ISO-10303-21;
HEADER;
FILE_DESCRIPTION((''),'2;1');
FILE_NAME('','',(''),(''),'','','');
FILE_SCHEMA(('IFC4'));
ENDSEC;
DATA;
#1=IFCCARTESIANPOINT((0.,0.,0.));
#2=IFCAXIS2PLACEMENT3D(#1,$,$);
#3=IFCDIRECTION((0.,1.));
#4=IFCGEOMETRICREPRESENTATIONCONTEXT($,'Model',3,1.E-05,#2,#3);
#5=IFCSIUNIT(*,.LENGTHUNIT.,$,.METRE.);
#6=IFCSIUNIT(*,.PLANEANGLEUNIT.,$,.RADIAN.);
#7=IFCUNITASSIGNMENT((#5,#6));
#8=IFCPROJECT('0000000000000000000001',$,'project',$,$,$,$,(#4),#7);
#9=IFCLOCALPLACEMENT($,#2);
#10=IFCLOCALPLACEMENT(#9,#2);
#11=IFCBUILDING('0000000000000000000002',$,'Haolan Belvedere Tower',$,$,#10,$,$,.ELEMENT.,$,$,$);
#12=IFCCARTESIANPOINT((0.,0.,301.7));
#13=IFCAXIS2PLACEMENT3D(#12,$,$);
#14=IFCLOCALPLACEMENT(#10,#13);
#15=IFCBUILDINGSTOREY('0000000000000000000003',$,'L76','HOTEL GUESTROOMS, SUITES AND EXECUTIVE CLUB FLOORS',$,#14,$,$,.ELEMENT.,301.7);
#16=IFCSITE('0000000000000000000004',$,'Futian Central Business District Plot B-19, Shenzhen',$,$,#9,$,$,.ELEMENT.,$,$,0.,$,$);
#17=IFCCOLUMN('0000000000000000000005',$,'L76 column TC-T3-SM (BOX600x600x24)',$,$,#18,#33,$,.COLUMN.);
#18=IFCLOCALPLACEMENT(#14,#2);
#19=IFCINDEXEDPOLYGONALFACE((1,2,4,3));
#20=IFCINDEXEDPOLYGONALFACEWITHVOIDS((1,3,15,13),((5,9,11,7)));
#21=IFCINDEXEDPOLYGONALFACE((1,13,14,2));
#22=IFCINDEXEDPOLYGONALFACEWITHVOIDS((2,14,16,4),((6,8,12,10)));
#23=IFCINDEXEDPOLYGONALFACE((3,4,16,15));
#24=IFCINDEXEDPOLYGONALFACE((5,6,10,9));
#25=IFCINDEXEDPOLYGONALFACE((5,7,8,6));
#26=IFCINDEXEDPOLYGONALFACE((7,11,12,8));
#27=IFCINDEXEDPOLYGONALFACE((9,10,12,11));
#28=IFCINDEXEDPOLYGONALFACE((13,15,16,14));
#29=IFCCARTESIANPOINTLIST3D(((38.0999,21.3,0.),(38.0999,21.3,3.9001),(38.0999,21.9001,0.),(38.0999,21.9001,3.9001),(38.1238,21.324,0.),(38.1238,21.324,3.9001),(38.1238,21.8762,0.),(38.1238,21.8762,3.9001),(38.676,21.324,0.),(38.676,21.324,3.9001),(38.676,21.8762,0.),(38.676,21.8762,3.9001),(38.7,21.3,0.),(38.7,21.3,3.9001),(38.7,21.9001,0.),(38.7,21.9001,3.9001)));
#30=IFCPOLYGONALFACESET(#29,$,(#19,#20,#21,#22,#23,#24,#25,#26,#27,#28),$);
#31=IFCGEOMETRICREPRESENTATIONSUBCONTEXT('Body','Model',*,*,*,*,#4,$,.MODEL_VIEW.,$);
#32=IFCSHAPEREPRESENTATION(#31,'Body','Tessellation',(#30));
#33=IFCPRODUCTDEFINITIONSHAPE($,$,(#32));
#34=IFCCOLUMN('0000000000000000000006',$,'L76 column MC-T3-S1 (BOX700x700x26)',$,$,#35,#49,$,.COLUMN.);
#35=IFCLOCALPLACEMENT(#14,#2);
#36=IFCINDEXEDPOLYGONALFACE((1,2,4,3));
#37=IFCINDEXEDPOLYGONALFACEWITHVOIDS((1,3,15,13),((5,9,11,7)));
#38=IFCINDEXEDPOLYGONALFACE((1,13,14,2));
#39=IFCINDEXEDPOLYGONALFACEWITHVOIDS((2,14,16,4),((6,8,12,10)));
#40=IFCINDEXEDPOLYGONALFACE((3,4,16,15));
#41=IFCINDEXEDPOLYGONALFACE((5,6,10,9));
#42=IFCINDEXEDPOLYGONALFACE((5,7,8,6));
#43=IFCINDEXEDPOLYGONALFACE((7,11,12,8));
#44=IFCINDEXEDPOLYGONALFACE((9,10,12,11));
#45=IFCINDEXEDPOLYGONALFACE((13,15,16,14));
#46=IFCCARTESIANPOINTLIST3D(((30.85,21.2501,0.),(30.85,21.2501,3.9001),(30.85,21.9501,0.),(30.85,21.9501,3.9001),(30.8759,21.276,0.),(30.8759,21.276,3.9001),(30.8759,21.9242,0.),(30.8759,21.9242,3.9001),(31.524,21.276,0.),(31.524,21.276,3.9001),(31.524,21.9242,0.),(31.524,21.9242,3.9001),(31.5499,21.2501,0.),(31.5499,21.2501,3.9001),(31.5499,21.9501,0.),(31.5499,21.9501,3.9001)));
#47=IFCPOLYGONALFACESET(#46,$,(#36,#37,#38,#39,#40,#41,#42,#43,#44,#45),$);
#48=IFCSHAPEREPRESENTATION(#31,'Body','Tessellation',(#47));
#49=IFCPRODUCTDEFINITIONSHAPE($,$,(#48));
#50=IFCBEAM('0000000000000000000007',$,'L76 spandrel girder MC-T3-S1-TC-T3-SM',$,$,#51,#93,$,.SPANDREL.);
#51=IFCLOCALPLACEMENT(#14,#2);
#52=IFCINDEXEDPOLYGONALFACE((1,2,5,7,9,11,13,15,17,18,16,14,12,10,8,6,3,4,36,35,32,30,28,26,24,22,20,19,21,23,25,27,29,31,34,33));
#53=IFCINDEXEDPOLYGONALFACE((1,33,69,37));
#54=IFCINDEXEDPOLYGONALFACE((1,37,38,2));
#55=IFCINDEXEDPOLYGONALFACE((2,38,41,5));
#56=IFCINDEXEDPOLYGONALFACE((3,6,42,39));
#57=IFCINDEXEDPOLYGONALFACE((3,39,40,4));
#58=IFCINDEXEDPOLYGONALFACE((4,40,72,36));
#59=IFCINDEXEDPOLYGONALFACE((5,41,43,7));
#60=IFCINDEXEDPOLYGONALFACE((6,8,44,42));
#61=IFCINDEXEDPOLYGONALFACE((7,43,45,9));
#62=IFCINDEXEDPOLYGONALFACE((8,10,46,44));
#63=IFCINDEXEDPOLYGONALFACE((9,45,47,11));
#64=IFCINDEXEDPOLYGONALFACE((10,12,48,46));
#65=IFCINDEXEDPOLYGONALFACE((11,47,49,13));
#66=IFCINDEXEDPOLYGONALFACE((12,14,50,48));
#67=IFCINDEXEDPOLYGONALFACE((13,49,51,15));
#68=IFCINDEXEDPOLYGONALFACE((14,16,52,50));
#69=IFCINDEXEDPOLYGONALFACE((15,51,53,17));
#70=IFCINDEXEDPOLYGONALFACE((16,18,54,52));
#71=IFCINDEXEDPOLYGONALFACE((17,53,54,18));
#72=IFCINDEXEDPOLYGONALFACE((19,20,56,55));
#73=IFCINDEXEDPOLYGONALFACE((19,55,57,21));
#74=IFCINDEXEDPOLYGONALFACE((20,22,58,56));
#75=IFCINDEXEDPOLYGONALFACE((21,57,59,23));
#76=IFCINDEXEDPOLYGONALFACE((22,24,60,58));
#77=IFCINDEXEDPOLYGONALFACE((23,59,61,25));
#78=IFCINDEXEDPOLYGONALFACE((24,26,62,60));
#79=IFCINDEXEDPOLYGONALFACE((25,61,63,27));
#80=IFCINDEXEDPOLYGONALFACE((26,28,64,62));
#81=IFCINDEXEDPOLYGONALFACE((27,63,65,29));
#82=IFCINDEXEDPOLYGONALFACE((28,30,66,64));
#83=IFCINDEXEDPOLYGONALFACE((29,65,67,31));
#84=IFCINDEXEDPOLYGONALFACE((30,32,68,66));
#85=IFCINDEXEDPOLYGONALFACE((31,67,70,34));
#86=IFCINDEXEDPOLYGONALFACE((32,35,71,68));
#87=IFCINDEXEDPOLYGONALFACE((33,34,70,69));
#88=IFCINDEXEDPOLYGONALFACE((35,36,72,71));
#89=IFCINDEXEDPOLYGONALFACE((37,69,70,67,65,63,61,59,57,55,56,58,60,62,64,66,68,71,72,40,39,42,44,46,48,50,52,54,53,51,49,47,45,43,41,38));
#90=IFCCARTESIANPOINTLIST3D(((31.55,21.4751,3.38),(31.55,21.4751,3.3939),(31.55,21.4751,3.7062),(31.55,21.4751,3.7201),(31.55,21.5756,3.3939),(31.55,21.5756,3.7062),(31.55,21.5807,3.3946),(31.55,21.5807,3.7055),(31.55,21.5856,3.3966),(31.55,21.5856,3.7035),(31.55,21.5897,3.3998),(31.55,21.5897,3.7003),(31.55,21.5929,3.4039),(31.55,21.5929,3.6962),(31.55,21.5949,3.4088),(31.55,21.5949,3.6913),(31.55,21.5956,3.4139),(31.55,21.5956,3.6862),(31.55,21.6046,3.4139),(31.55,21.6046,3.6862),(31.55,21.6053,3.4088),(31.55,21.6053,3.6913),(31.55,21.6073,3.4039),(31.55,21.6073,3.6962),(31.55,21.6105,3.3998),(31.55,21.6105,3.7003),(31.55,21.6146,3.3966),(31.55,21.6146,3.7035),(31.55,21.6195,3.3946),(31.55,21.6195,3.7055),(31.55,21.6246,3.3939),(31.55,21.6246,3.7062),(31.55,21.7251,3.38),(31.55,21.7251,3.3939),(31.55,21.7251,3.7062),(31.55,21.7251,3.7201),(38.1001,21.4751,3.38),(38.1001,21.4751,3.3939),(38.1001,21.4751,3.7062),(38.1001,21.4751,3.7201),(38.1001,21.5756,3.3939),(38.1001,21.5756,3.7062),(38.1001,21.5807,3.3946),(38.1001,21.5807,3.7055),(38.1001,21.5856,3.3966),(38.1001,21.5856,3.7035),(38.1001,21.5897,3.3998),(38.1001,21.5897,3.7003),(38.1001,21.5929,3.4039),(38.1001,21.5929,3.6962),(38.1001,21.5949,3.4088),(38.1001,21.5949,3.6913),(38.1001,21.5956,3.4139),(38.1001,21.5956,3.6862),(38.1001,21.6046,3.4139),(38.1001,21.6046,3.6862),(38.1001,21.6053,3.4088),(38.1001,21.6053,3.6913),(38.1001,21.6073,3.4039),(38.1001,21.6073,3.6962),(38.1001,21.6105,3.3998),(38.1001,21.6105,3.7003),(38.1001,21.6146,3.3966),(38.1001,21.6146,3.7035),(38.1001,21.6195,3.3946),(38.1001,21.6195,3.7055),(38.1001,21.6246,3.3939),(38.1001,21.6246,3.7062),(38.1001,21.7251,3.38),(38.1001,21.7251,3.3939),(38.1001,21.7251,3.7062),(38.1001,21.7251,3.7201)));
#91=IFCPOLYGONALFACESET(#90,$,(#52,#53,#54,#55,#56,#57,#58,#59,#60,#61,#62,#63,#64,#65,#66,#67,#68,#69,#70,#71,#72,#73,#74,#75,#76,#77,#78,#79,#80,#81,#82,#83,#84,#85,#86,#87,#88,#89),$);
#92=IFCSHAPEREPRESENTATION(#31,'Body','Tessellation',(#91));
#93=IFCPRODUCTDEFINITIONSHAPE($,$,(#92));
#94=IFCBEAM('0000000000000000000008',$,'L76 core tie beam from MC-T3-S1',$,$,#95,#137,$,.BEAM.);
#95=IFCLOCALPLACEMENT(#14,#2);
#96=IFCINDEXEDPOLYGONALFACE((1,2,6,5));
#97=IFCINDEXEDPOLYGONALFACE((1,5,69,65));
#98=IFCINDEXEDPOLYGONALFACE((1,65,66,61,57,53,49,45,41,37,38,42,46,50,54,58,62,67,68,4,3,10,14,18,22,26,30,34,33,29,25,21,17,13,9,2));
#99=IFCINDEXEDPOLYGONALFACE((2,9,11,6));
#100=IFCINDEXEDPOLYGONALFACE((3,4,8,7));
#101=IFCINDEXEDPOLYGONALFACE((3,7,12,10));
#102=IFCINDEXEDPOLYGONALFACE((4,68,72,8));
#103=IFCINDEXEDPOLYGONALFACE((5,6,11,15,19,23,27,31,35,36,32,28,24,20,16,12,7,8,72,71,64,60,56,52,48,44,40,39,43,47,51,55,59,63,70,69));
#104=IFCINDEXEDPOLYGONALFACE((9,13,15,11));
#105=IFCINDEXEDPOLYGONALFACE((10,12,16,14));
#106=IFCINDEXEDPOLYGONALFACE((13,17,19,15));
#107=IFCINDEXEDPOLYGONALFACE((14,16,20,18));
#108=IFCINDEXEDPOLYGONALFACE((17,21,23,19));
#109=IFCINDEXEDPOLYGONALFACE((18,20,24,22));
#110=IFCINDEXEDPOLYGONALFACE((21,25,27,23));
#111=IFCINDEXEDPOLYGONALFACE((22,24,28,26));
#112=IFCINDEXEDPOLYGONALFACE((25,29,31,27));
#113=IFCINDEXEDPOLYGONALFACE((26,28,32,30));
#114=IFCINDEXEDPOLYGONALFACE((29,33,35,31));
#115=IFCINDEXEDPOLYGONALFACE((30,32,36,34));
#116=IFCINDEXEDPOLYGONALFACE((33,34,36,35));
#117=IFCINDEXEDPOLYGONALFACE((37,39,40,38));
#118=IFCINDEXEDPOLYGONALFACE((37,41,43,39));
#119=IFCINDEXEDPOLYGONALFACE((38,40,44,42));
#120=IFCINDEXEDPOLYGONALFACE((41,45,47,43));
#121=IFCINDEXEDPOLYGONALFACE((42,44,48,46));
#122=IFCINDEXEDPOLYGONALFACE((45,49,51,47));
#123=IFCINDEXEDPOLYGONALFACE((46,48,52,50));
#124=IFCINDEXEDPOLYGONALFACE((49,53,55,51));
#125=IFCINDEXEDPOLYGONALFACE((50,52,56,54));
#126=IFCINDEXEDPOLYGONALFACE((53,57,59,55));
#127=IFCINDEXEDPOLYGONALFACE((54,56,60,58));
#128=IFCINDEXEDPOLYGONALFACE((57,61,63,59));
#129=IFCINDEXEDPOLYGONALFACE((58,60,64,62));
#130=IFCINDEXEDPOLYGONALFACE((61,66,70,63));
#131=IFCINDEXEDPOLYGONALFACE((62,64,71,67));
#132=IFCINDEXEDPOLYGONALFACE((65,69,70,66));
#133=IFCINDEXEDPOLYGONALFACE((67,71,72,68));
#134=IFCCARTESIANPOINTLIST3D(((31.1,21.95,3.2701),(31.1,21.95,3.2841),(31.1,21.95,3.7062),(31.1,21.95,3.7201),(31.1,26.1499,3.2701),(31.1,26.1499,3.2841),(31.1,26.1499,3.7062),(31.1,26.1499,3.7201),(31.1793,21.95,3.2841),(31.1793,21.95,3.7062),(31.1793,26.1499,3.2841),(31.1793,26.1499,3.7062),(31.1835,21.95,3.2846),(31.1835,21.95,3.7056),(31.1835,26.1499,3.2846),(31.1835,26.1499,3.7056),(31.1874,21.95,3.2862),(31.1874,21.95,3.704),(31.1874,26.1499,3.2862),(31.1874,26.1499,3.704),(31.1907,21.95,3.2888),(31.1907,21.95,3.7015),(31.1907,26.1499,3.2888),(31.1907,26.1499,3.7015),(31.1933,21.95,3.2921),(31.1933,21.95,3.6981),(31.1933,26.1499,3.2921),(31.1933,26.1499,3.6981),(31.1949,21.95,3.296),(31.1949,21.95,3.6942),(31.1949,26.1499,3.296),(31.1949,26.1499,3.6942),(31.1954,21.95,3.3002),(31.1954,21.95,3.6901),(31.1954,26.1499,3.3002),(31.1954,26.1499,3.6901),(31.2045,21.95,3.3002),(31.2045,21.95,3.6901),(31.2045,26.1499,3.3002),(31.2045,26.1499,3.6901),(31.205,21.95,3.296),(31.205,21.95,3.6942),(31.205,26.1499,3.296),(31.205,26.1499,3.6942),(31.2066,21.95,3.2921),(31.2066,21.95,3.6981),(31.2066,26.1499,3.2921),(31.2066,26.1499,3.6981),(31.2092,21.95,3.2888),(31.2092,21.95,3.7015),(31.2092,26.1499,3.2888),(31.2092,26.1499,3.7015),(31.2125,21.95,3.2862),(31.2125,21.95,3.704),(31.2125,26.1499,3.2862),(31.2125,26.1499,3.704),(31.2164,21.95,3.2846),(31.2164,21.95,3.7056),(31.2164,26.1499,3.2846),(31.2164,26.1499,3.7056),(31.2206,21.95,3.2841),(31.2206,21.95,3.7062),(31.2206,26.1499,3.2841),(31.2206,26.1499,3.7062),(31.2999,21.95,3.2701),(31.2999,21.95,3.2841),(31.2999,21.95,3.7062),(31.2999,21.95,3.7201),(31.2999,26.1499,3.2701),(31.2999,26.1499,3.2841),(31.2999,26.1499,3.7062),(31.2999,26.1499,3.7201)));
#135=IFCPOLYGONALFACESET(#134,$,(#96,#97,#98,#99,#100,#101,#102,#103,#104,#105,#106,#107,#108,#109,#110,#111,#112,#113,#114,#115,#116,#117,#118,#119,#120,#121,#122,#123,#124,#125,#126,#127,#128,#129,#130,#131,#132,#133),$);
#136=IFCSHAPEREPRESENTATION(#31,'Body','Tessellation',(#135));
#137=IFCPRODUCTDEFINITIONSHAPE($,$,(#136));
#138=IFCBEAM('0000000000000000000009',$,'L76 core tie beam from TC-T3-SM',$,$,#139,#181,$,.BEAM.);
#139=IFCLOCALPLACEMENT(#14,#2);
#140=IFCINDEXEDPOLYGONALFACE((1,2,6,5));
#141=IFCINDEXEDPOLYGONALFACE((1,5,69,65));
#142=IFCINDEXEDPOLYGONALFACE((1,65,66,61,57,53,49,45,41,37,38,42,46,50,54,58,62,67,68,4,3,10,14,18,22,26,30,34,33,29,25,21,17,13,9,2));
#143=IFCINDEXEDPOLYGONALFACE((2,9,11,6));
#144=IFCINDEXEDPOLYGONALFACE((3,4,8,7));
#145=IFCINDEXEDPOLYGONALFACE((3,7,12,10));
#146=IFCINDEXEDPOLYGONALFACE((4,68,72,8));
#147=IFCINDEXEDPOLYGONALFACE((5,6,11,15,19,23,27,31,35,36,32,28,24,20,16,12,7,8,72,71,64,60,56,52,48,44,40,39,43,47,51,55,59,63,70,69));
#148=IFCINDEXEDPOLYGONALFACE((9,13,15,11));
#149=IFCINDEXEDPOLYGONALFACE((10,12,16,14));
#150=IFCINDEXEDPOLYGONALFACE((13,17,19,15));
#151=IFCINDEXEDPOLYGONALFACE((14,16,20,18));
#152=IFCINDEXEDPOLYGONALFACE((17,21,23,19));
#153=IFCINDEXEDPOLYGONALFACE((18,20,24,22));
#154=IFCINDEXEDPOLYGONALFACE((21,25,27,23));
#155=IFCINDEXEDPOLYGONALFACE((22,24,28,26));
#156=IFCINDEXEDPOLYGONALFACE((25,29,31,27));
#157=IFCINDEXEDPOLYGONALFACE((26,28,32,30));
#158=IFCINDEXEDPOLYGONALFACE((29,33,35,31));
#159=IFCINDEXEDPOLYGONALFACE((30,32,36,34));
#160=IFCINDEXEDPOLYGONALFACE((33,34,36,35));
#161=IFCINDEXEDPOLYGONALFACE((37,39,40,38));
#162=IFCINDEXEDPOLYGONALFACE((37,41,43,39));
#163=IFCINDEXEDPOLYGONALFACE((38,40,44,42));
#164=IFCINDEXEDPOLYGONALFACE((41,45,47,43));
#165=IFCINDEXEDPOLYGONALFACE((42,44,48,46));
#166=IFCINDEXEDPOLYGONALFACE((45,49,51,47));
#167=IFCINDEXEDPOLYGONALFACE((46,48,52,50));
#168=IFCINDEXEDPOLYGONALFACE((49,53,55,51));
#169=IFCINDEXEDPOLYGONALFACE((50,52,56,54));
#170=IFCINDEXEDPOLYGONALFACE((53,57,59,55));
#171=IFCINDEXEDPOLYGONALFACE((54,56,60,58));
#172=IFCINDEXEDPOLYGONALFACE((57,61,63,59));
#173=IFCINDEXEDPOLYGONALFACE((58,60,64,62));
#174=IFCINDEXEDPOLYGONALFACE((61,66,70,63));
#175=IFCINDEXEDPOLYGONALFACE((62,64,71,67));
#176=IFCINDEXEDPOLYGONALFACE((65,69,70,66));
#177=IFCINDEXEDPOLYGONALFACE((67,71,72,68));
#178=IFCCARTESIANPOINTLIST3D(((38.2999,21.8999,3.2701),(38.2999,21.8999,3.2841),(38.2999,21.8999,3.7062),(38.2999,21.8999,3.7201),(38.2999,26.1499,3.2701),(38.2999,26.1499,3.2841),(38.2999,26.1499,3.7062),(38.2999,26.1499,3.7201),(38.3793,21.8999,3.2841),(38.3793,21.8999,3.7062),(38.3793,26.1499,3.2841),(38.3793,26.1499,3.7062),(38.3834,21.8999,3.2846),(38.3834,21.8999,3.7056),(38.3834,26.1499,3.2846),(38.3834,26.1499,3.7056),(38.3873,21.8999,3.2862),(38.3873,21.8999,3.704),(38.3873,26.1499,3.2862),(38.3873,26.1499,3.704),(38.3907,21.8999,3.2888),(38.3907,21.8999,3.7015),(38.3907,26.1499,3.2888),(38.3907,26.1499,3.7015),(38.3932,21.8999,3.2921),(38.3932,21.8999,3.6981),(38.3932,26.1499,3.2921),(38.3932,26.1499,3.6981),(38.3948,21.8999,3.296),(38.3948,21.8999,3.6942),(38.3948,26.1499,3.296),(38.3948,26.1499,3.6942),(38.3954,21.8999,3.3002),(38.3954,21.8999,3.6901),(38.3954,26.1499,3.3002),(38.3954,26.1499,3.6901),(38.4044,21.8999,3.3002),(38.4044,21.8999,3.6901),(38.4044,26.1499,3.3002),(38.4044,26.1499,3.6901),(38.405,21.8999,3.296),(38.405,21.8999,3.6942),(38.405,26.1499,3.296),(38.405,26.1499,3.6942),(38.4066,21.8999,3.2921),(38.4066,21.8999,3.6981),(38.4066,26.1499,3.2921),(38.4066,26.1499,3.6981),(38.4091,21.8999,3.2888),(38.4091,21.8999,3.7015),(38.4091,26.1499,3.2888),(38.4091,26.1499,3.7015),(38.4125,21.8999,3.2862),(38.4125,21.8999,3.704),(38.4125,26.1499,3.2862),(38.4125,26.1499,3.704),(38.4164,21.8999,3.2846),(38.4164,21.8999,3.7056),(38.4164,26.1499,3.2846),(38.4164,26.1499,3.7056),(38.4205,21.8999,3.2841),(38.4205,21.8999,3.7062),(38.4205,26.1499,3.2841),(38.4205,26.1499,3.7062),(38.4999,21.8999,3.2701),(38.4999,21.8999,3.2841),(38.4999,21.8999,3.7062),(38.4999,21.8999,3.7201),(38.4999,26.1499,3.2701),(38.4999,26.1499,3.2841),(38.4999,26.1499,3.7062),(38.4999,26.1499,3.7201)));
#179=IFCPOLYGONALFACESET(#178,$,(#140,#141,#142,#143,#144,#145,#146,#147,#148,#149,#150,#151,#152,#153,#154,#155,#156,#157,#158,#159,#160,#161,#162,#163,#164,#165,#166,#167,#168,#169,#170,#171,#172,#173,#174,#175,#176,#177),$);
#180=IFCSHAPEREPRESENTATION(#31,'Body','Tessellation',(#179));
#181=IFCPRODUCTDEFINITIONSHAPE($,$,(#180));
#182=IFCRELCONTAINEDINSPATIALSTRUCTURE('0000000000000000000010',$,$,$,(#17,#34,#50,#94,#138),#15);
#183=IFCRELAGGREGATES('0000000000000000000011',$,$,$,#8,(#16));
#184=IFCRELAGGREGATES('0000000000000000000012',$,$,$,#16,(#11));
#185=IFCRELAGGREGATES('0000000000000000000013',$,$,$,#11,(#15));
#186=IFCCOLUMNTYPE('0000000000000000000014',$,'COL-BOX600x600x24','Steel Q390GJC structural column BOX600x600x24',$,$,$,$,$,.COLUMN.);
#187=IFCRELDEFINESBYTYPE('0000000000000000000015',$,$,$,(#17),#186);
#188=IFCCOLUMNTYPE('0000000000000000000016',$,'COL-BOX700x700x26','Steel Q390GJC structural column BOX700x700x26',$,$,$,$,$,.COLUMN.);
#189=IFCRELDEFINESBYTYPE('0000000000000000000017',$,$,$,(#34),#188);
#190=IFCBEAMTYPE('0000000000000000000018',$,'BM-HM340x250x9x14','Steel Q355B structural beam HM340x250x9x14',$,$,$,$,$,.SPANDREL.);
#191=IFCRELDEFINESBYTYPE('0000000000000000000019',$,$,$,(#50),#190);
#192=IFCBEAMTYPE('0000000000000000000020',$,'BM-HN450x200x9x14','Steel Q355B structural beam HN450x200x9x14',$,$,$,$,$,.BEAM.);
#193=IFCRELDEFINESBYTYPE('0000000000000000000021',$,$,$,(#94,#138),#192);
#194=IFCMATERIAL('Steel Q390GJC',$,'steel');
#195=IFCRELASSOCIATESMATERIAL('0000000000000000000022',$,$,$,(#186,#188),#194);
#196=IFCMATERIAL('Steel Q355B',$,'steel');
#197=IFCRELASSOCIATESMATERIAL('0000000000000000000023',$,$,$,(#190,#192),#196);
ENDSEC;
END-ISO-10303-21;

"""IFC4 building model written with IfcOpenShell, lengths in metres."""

from ifc_helpers import new_model, si_unit, direction, frame, origin, origin_2d, place, context, subcontext, project, spatial, hollow_rectangle, i_section, extrude, material, material_profile, profile_set, type_object, element, save


model = new_model("IFC4")

# Units and contexts
model_context = context("Model", 3, precision=1e-05, world=origin(), true_north=direction((0.0, 1.0)))
body_context = subcontext(model_context, "Body", "Model", "MODEL_VIEW")
ifc_project = project(units=[si_unit("LENGTHUNIT", "METRE"), si_unit("PLANEANGLEUNIT", "RADIAN")], contexts=[model_context])

# Site, building, storey
site_placement = place(None, origin())
site = spatial("IfcSite", under=ifc_project, at=site_placement, Name="Futian Central Business District Plot B-19, Shenzhen", CompositionType="ELEMENT", RefElevation=0.0)
building_placement = place(site_placement, origin())
building = spatial("IfcBuilding", under=site, at=building_placement, Name="Haolan Belvedere Tower", CompositionType="ELEMENT")
storey_placement = place(building_placement, frame((0.0, 0.0, 301.7)))
storey = spatial("IfcBuildingStorey", under=building, at=storey_placement, Name="L76", Description="HOTEL GUESTROOMS, SUITES AND EXECUTIVE CLUB FLOORS", CompositionType="ELEMENT", Elevation=301.7)

# Columns
ifc_material_1 = material(Name="Steel Q390GJC", Category="steel")
ifc_material_profile_1 = material_profile(ifc_material_1, hollow_rectangle(XDim=0.6001, YDim=0.6001, WallThickness=0.0239, at=origin_2d()), Name="Steel Q390GJC")
ifc_profile_set_1 = profile_set([ifc_material_profile_1], Name="Steel Q390GJC")
column_type_1 = type_object("IfcColumnType", Name="COL-BOX600x600x24", Description="Steel Q390GJC structural column BOX600x600x24", PredefinedType="COLUMN", material=ifc_profile_set_1)
column_1_placement = place(storey_placement, frame((38.3999, 21.6001, 0.0), z_axis=(0.0, 0.0, 1.0), x_axis=(1.0, 0.0, 0.0)))
element("IfcColumn", 1, at=column_1_placement, inside=storey, type_object=column_type_1, Name="L76 column TC-T3-SM (BOX600x600x24)", PredefinedType="COLUMN", context=body_context, shape_type="SweptSolid", body=[
    extrude(hollow_rectangle(XDim=0.6001, YDim=0.6001, WallThickness=0.0239, at=origin_2d()), origin(), (0.0, 0.0, 1.0), 3.9001),
])
ifc_material_profile_2 = material_profile(ifc_material_1, hollow_rectangle(XDim=0.7, YDim=0.7, WallThickness=0.0259, at=origin_2d()), Name="Steel Q390GJC")
ifc_profile_set_2 = profile_set([ifc_material_profile_2], Name="Steel Q390GJC")
column_type_2 = type_object("IfcColumnType", Name="COL-BOX700x700x26", Description="Steel Q390GJC structural column BOX700x700x26", PredefinedType="COLUMN", material=ifc_profile_set_2)
column_2_placement = place(storey_placement, frame((31.2, 21.6001, 0.0), z_axis=(0.0, 0.0, 1.0), x_axis=(1.0, 0.0, 0.0)))
element("IfcColumn", 2, at=column_2_placement, inside=storey, type_object=column_type_2, Name="L76 column MC-T3-S1 (BOX700x700x26)", PredefinedType="COLUMN", context=body_context, shape_type="SweptSolid", body=[
    extrude(hollow_rectangle(XDim=0.7, YDim=0.7, WallThickness=0.0259, at=origin_2d()), origin(), (0.0, 0.0, 1.0), 3.9001),
])

# Beams
ifc_material_2 = material(Name="Steel Q355B", Category="steel")
ifc_material_profile_3 = material_profile(ifc_material_2, i_section(OverallWidth=0.25, OverallDepth=0.3401, WebThickness=0.009, FlangeThickness=0.0139, FilletRadius=0.02, at=origin_2d()), Name="Steel Q355B")
ifc_profile_set_3 = profile_set([ifc_material_profile_3], Name="Steel Q355B")
beam_type_1 = type_object("IfcBeamType", Name="BM-HM340x250x9x14", Description="Steel Q355B structural beam HM340x250x9x14", PredefinedType="SPANDREL", material=ifc_profile_set_3)
beam_1_placement = place(storey_placement, frame((31.55, 21.6001, 3.55), z_axis=(1.0, 0.0, 0.0), x_axis=(0.0, 1.0, 0.0)))
element("IfcBeam", 3, at=beam_1_placement, inside=storey, type_object=beam_type_1, Name="L76 spandrel girder MC-T3-S1-TC-T3-SM", PredefinedType="SPANDREL", context=body_context, shape_type="SweptSolid", body=[
    extrude(i_section(OverallWidth=0.25, OverallDepth=0.3401, WebThickness=0.009, FlangeThickness=0.0139, FilletRadius=0.02, at=origin_2d()), origin(), (0.0, 0.0, 1.0), 6.55),
])
ifc_material_profile_4 = material_profile(ifc_material_2, i_section(OverallWidth=0.2, OverallDepth=0.45, WebThickness=0.009, FlangeThickness=0.0139, FilletRadius=0.0161, at=origin_2d()), Name="Steel Q355B")
ifc_profile_set_4 = profile_set([ifc_material_profile_4], Name="Steel Q355B")
beam_type_2 = type_object("IfcBeamType", Name="BM-HN450x200x9x14", Description="Steel Q355B structural beam HN450x200x9x14", PredefinedType="BEAM", material=ifc_profile_set_4)
beam_2_placement = place(storey_placement, frame((31.2, 21.95, 3.4951), z_axis=(0.0, 1.0, 0.0), x_axis=(-1.0, 0.0, 0.0)))
element("IfcBeam", 4, at=beam_2_placement, inside=storey, type_object=beam_type_2, Name="L76 core tie beam from MC-T3-S1", PredefinedType="BEAM", context=body_context, shape_type="SweptSolid", body=[
    extrude(i_section(OverallWidth=0.2, OverallDepth=0.45, WebThickness=0.009, FlangeThickness=0.0139, FilletRadius=0.0161, at=origin_2d()), origin(), (0.0, 0.0, 1.0), 4.2),
])
beam_3_placement = place(storey_placement, frame((38.3999, 21.8999, 3.4951), z_axis=(0.0, 1.0, 0.0), x_axis=(-1.0, 0.0, 0.0)))
element("IfcBeam", 5, at=beam_3_placement, inside=storey, type_object=beam_type_2, Name="L76 core tie beam from TC-T3-SM", PredefinedType="BEAM", context=body_context, shape_type="SweptSolid", body=[
    extrude(i_section(OverallWidth=0.2, OverallDepth=0.45, WebThickness=0.009, FlangeThickness=0.0139, FilletRadius=0.0161, at=origin_2d()), origin(), (0.0, 0.0, 1.0), 4.25),
])

save(model, "model.ifc")
